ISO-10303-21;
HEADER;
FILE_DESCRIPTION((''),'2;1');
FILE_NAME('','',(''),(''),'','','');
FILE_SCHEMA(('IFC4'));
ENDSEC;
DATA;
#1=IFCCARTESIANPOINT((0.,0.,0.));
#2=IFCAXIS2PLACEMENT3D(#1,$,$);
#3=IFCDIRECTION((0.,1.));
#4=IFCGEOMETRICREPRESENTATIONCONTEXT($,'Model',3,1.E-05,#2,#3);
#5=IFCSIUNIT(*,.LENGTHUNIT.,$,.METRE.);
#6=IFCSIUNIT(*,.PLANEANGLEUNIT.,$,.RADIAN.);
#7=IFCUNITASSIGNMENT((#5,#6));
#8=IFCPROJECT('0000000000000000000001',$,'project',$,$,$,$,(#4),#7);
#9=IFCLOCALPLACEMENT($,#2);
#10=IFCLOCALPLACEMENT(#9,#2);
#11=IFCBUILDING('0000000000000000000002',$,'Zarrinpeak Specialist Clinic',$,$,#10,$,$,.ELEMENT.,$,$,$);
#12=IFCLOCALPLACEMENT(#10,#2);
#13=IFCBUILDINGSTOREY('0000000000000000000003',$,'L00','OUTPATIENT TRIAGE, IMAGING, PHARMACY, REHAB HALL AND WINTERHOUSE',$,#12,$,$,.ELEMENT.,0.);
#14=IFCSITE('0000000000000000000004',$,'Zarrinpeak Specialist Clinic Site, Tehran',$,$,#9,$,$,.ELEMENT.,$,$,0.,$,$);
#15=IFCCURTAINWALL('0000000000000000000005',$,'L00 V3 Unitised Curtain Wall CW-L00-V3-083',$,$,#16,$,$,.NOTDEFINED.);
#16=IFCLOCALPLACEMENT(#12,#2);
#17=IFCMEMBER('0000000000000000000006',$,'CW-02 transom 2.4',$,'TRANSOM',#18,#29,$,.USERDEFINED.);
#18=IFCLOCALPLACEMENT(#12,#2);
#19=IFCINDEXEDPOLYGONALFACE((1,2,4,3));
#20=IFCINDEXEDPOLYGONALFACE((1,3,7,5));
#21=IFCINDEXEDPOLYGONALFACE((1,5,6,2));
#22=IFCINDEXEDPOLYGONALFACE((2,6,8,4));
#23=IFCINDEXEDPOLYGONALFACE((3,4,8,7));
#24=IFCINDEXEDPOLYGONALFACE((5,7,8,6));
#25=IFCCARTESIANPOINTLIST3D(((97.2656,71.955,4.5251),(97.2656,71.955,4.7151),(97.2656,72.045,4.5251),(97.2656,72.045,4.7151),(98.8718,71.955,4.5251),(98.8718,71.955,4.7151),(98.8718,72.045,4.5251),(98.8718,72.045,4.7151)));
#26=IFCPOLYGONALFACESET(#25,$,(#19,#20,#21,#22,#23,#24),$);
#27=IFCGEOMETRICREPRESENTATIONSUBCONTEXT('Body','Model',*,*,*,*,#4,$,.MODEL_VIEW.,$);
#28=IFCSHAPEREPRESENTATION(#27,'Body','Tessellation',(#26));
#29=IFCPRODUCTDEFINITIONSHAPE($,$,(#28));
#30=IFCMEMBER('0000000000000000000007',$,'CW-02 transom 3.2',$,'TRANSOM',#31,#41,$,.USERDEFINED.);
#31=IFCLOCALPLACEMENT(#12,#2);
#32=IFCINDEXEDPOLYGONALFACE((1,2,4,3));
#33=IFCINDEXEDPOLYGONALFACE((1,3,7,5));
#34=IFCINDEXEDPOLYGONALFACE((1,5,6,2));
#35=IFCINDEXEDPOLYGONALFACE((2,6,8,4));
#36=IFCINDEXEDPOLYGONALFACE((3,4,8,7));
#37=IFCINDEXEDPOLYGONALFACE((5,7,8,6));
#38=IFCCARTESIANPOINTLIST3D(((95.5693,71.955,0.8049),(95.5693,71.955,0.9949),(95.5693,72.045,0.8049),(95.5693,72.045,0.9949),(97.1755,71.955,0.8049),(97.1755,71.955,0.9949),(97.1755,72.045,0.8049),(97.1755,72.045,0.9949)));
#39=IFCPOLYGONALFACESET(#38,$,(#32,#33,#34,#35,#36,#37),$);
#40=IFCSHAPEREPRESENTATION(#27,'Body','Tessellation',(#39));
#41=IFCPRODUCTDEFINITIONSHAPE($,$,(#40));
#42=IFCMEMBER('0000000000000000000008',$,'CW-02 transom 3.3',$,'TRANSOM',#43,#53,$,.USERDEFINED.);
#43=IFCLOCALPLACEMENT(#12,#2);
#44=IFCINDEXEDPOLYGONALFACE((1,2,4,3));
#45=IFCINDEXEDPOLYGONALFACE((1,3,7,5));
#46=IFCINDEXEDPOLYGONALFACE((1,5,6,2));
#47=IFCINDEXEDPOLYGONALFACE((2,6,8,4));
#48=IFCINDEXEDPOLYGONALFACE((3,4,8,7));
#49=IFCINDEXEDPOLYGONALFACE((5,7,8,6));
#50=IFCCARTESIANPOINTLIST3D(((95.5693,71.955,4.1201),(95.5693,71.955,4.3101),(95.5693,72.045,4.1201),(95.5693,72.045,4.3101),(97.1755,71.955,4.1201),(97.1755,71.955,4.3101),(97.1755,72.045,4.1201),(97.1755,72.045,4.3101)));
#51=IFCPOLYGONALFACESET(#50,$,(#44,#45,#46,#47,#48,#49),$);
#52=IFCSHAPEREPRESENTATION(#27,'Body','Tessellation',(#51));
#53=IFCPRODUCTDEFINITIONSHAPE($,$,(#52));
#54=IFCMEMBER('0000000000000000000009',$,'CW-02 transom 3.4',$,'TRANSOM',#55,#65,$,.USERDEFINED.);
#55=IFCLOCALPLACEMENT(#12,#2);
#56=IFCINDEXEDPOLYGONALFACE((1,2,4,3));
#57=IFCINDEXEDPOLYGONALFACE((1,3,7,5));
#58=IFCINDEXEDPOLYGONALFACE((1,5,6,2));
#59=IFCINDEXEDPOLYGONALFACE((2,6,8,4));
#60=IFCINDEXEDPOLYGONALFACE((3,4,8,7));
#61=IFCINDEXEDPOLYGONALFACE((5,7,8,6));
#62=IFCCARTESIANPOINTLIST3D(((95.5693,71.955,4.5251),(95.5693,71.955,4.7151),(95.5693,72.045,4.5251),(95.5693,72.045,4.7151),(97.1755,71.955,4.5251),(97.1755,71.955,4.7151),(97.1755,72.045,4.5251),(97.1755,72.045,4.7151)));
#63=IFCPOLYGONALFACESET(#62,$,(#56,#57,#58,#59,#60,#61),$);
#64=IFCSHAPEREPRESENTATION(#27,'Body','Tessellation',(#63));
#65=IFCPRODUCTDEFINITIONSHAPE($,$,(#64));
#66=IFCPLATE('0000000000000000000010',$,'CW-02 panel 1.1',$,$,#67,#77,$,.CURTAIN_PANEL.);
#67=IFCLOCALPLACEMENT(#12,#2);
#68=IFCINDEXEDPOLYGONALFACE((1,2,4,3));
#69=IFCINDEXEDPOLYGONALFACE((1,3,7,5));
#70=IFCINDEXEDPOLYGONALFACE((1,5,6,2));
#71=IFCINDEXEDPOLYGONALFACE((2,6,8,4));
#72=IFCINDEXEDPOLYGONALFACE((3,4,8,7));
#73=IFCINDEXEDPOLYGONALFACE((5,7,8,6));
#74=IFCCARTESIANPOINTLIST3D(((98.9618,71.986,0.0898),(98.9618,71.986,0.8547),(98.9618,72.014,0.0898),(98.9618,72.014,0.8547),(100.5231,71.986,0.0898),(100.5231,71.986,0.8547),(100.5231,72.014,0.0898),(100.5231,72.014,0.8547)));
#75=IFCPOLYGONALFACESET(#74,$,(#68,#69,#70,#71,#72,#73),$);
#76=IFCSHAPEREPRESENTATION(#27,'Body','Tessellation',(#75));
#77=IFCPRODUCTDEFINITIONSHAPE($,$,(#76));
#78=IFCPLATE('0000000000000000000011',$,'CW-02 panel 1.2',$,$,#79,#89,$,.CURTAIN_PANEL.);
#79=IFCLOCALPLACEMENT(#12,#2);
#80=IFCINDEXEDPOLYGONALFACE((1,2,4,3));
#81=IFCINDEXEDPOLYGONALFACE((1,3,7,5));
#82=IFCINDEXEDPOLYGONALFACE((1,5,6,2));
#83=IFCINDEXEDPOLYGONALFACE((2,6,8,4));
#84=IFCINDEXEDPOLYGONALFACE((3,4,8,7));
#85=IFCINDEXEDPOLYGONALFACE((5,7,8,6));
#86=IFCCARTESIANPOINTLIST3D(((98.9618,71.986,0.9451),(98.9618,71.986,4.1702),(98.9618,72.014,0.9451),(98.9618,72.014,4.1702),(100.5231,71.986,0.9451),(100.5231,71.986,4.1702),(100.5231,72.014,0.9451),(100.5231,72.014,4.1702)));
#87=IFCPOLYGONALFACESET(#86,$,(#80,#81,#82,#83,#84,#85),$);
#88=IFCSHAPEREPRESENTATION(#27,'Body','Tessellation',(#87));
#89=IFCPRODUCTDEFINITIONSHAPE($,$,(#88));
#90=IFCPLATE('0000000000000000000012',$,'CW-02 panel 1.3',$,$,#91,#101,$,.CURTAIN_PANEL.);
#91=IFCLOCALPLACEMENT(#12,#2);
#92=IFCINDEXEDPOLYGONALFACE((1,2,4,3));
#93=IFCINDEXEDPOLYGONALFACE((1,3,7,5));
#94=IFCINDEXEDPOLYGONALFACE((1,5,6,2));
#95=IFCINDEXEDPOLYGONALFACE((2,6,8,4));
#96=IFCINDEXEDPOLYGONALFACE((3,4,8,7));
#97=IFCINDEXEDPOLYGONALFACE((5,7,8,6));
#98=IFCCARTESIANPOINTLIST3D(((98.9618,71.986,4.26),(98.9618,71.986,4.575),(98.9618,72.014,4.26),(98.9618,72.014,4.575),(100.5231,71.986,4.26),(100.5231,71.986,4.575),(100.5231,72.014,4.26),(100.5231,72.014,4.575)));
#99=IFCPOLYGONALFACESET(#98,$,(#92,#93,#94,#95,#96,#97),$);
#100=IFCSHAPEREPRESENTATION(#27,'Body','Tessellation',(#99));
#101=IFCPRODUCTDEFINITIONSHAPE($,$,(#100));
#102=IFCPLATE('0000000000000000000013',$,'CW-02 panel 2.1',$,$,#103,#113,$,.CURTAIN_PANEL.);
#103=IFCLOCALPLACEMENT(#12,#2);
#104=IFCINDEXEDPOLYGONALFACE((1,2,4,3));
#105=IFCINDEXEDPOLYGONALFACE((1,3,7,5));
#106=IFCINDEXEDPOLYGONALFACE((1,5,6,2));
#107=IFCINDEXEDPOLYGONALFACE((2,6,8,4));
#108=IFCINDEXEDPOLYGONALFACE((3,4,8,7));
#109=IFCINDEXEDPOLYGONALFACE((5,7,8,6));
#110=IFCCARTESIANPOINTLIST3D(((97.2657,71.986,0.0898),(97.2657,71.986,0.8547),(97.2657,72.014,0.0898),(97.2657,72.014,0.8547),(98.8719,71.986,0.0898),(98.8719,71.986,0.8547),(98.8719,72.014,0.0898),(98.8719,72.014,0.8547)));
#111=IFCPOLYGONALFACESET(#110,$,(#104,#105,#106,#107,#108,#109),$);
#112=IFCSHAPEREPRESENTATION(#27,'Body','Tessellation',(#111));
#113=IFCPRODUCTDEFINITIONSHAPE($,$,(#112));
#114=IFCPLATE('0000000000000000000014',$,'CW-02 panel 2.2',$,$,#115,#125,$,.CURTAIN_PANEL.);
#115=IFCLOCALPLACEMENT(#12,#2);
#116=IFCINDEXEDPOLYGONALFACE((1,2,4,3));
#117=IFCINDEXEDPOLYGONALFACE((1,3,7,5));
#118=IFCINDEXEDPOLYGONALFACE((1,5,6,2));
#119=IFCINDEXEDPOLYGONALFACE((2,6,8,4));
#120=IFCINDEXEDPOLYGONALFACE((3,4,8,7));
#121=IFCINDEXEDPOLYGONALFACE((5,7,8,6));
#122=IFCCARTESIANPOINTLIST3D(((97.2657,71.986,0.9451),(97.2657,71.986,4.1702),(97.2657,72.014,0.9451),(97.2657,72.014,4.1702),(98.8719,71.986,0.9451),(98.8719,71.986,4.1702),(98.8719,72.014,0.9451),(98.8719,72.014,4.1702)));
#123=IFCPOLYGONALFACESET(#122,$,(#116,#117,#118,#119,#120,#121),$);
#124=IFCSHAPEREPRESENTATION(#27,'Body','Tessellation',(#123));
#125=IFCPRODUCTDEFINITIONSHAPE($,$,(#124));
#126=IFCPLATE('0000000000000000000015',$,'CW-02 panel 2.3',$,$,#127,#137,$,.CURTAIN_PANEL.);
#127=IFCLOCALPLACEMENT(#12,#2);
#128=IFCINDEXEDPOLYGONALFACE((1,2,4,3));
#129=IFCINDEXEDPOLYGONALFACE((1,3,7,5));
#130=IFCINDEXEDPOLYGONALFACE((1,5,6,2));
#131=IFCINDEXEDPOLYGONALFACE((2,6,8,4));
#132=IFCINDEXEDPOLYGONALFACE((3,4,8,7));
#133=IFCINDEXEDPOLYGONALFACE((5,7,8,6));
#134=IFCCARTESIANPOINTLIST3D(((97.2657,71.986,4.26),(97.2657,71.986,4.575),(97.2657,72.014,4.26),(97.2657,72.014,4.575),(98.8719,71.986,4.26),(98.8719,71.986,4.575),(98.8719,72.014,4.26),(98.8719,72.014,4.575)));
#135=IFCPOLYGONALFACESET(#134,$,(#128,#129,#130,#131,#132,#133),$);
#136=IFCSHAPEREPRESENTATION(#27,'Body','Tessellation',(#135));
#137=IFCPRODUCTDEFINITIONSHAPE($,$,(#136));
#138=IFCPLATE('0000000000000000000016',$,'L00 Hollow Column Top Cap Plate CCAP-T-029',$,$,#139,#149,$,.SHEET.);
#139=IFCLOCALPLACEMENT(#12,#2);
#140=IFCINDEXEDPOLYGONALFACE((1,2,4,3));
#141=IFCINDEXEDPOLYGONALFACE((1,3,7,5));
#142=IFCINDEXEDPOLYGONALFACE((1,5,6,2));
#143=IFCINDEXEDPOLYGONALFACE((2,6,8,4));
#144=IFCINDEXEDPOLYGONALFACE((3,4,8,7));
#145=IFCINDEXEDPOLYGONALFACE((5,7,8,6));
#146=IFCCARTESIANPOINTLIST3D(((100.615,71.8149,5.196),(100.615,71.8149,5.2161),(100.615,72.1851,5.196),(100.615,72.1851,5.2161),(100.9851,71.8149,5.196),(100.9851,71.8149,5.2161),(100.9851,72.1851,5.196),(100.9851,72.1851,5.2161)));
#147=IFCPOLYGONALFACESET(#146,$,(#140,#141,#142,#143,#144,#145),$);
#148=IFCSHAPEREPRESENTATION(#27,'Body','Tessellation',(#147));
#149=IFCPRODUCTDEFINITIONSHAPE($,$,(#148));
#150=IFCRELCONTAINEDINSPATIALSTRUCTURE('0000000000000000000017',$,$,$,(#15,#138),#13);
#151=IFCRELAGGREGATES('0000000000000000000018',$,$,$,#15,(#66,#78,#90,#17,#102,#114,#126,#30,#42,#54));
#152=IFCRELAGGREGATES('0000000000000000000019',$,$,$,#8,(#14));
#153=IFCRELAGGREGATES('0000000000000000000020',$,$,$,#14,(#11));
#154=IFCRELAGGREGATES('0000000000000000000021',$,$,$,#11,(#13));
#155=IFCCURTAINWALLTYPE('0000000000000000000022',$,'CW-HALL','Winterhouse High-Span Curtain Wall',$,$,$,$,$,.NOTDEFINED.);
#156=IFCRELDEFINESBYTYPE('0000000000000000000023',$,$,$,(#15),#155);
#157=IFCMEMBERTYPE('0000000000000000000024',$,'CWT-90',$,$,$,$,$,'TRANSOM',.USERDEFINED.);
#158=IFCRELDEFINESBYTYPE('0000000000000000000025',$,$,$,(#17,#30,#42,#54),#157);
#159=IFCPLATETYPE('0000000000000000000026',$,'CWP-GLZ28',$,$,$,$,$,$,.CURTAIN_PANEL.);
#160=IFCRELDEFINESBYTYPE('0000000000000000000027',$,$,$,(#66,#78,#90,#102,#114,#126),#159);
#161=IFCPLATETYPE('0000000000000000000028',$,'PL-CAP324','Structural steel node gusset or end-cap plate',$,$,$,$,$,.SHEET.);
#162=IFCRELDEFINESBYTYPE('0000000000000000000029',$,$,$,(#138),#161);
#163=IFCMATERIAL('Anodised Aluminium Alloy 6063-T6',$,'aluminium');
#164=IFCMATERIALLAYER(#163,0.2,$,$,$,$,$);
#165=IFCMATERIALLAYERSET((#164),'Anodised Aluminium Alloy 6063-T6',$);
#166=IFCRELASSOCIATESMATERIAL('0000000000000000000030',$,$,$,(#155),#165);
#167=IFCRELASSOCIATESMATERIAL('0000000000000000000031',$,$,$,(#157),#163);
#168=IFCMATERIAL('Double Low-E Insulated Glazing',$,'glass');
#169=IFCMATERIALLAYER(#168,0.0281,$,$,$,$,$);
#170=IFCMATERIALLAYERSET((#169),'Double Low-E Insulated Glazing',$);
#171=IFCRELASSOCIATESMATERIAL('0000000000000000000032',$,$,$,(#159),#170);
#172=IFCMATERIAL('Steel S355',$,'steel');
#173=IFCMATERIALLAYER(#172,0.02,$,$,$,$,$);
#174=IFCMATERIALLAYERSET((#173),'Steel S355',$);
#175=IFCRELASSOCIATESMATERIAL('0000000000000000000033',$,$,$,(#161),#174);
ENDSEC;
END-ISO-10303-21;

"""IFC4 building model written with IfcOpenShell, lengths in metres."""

from ifc_helpers import new_model, si_unit, direction, frame, origin, origin_2d, place, context, subcontext, project, spatial, rectangle, extrude, material, layer, layer_set, material_profile, profile_set, type_object, element, aggregate, save


model = new_model("IFC4")

# Units and contexts
model_context = context("Model", 3, precision=1e-05, world=origin(), true_north=direction((0.0, 1.0)))
body_context = subcontext(model_context, "Body", "Model", "MODEL_VIEW")
ifc_project = project(units=[si_unit("LENGTHUNIT", "METRE"), si_unit("PLANEANGLEUNIT", "RADIAN")], contexts=[model_context])

# Site, building, storey
site_placement = place(None, origin())
site = spatial("IfcSite", under=ifc_project, at=site_placement, Name="Zarrinpeak Specialist Clinic Site, Tehran", CompositionType="ELEMENT", RefElevation=0.0)
building_placement = place(site_placement, origin())
building = spatial("IfcBuilding", under=site, at=building_placement, Name="Zarrinpeak Specialist Clinic", CompositionType="ELEMENT")
storey_placement = place(building_placement, origin())
storey = spatial("IfcBuildingStorey", under=building, at=storey_placement, Name="L00", Description="OUTPATIENT TRIAGE, IMAGING, PHARMACY, REHAB HALL AND WINTERHOUSE", CompositionType="ELEMENT", Elevation=0.0)

# Shared definitions
ifc_material_1 = material(Name="Steel S355", Category="steel")

# Curtain wall, members, plates
ifc_material_2 = material(Name="Anodised Aluminium Alloy 6063-T6", Category="aluminium")
ifc_layer_1 = layer(ifc_material_2, 0.2)
ifc_layer_set_1 = layer_set([ifc_layer_1], Name="Anodised Aluminium Alloy 6063-T6")
curtain_wall_type = type_object("IfcCurtainWallType", Name="CW-HALL", Description="Winterhouse High-Span Curtain Wall", PredefinedType="NOTDEFINED", material=ifc_layer_set_1)
curtain_wall_placement = place(storey_placement, origin())
curtain_wall = element("IfcCurtainWall", 1, at=curtain_wall_placement, inside=storey, type_object=curtain_wall_type, Name="L00 V3 Unitised Curtain Wall CW-L00-V3-083", PredefinedType="NOTDEFINED")
ifc_material_profile_1 = material_profile(ifc_material_2, rectangle(XDim=0.0901, YDim=0.1899, at=origin_2d()), Name="ALU 90x190")
ifc_profile_set_1 = profile_set([ifc_material_profile_1], Name="Anodised Aluminium Alloy 6063-T6")
member_type_1 = type_object("IfcMemberType", Name="CWT-90", ElementType="TRANSOM", PredefinedType="USERDEFINED", material=ifc_profile_set_1)
member_1_placement = place(storey_placement, frame((98.8718, 72.0, 4.6201), z_axis=(-1.0, 0.0, 0.0), x_axis=(0.0, -1.0, 0.0)))
member_1 = element("IfcMember", 2, at=member_1_placement, type_object=member_type_1, Name="CW-02 transom 2.4", ObjectType="TRANSOM", PredefinedType="USERDEFINED", context=body_context, shape_type="SweptSolid", body=[
    extrude(rectangle(XDim=0.0901, YDim=0.1899, at=origin_2d()), origin(), (0.0, 0.0, 1.0), 1.6062),
])
member_2_placement = place(storey_placement, frame((97.1755, 72.0, 0.8999), z_axis=(-1.0, 0.0, 0.0), x_axis=(0.0, -1.0, 0.0)))
member_2 = element("IfcMember", 3, at=member_2_placement, type_object=member_type_1, Name="CW-02 transom 3.2", ObjectType="TRANSOM", PredefinedType="USERDEFINED", context=body_context, shape_type="SweptSolid", body=[
    extrude(rectangle(XDim=0.0901, YDim=0.1899, at=origin_2d()), origin(), (0.0, 0.0, 1.0), 1.6062),
])
member_3_placement = place(storey_placement, frame((97.1755, 72.0, 4.2151), z_axis=(-1.0, 0.0, 0.0), x_axis=(0.0, -1.0, 0.0)))
member_3 = element("IfcMember", 4, at=member_3_placement, type_object=member_type_1, Name="CW-02 transom 3.3", ObjectType="TRANSOM", PredefinedType="USERDEFINED", context=body_context, shape_type="SweptSolid", body=[
    extrude(rectangle(XDim=0.0901, YDim=0.1899, at=origin_2d()), origin(), (0.0, 0.0, 1.0), 1.6062),
])
member_4_placement = place(storey_placement, frame((97.1755, 72.0, 4.6201), z_axis=(-1.0, 0.0, 0.0), x_axis=(0.0, -1.0, 0.0)))
member_4 = element("IfcMember", 5, at=member_4_placement, type_object=member_type_1, Name="CW-02 transom 3.4", ObjectType="TRANSOM", PredefinedType="USERDEFINED", context=body_context, shape_type="SweptSolid", body=[
    extrude(rectangle(XDim=0.0901, YDim=0.1899, at=origin_2d()), origin(), (0.0, 0.0, 1.0), 1.6062),
])
ifc_material_3 = material(Name="Double Low-E Insulated Glazing", Category="glass")
ifc_layer_2 = layer(ifc_material_3, 0.0281)
ifc_layer_set_2 = layer_set([ifc_layer_2], Name="Double Low-E Insulated Glazing")
plate_type_1 = type_object("IfcPlateType", Name="CWP-GLZ28", PredefinedType="CURTAIN_PANEL", material=ifc_layer_set_2)
plate_1_placement = place(storey_placement, frame((99.7424, 72.0, 0.0898), z_axis=(0.0, 0.0, 1.0), x_axis=(-1.0, 0.0, 0.0)))
plate_1 = element("IfcPlate", 6, at=plate_1_placement, type_object=plate_type_1, Name="CW-02 panel 1.1", PredefinedType="CURTAIN_PANEL", context=body_context, shape_type="SweptSolid", body=[
    extrude(rectangle(XDim=1.5613, YDim=0.0281, at=origin_2d()), origin(), (0.0, 0.0, 1.0), 0.7649),
])
plate_2_placement = place(storey_placement, frame((99.7424, 72.0, 0.9451), z_axis=(0.0, 0.0, 1.0), x_axis=(-1.0, 0.0, 0.0)))
plate_2 = element("IfcPlate", 7, at=plate_2_placement, type_object=plate_type_1, Name="CW-02 panel 1.2", PredefinedType="CURTAIN_PANEL", context=body_context, shape_type="SweptSolid", body=[
    extrude(rectangle(XDim=1.5613, YDim=0.0281, at=origin_2d()), origin(), (0.0, 0.0, 1.0), 3.2251),
])
plate_3_placement = place(storey_placement, frame((99.7424, 72.0, 4.26), z_axis=(0.0, 0.0, 1.0), x_axis=(-1.0, 0.0, 0.0)))
plate_3 = element("IfcPlate", 8, at=plate_3_placement, type_object=plate_type_1, Name="CW-02 panel 1.3", PredefinedType="CURTAIN_PANEL", context=body_context, shape_type="SweptSolid", body=[
    extrude(rectangle(XDim=1.5613, YDim=0.0281, at=origin_2d()), origin(), (0.0, 0.0, 1.0), 0.3149),
])
plate_4_placement = place(storey_placement, frame((98.0688, 72.0, 0.0898), z_axis=(0.0, 0.0, 1.0), x_axis=(-1.0, 0.0, 0.0)))
plate_4 = element("IfcPlate", 9, at=plate_4_placement, type_object=plate_type_1, Name="CW-02 panel 2.1", PredefinedType="CURTAIN_PANEL", context=body_context, shape_type="SweptSolid", body=[
    extrude(rectangle(XDim=1.6062, YDim=0.0281, at=origin_2d()), origin(), (0.0, 0.0, 1.0), 0.7649),
])
plate_5_placement = place(storey_placement, frame((98.0688, 72.0, 0.9451), z_axis=(0.0, 0.0, 1.0), x_axis=(-1.0, 0.0, 0.0)))
plate_5 = element("IfcPlate", 10, at=plate_5_placement, type_object=plate_type_1, Name="CW-02 panel 2.2", PredefinedType="CURTAIN_PANEL", context=body_context, shape_type="SweptSolid", body=[
    extrude(rectangle(XDim=1.6062, YDim=0.0281, at=origin_2d()), origin(), (0.0, 0.0, 1.0), 3.2251),
])
plate_6_placement = place(storey_placement, frame((98.0688, 72.0, 4.26), z_axis=(0.0, 0.0, 1.0), x_axis=(-1.0, 0.0, 0.0)))
plate_6 = element("IfcPlate", 11, at=plate_6_placement, type_object=plate_type_1, Name="CW-02 panel 2.3", PredefinedType="CURTAIN_PANEL", context=body_context, shape_type="SweptSolid", body=[
    extrude(rectangle(XDim=1.6062, YDim=0.0281, at=origin_2d()), origin(), (0.0, 0.0, 1.0), 0.3149),
])
aggregate(curtain_wall, [plate_1, plate_2, plate_3, member_1, plate_4, plate_5, plate_6, member_2, member_3, member_4])

# Plate
ifc_layer_3 = layer(ifc_material_1, 0.02)
ifc_layer_set_3 = layer_set([ifc_layer_3], Name="Steel S355")
plate_type_2 = type_object("IfcPlateType", Name="PL-CAP324", Description="Structural steel node gusset or end-cap plate", PredefinedType="SHEET", material=ifc_layer_set_3)
plate_7_placement = place(storey_placement, frame((100.8, 72.0, 5.196), z_axis=(0.0, 0.0, 1.0), x_axis=(1.0, 0.0, 0.0)))
element("IfcPlate", 12, at=plate_7_placement, inside=storey, type_object=plate_type_2, Name="L00 Hollow Column Top Cap Plate CCAP-T-029", PredefinedType="SHEET", context=body_context, shape_type="SweptSolid", body=[
    extrude(rectangle(XDim=0.3701, YDim=0.3701, at=origin_2d()), origin(), (0.0, 0.0, 1.0), 0.02),
])

save(model, "model.ifc")
